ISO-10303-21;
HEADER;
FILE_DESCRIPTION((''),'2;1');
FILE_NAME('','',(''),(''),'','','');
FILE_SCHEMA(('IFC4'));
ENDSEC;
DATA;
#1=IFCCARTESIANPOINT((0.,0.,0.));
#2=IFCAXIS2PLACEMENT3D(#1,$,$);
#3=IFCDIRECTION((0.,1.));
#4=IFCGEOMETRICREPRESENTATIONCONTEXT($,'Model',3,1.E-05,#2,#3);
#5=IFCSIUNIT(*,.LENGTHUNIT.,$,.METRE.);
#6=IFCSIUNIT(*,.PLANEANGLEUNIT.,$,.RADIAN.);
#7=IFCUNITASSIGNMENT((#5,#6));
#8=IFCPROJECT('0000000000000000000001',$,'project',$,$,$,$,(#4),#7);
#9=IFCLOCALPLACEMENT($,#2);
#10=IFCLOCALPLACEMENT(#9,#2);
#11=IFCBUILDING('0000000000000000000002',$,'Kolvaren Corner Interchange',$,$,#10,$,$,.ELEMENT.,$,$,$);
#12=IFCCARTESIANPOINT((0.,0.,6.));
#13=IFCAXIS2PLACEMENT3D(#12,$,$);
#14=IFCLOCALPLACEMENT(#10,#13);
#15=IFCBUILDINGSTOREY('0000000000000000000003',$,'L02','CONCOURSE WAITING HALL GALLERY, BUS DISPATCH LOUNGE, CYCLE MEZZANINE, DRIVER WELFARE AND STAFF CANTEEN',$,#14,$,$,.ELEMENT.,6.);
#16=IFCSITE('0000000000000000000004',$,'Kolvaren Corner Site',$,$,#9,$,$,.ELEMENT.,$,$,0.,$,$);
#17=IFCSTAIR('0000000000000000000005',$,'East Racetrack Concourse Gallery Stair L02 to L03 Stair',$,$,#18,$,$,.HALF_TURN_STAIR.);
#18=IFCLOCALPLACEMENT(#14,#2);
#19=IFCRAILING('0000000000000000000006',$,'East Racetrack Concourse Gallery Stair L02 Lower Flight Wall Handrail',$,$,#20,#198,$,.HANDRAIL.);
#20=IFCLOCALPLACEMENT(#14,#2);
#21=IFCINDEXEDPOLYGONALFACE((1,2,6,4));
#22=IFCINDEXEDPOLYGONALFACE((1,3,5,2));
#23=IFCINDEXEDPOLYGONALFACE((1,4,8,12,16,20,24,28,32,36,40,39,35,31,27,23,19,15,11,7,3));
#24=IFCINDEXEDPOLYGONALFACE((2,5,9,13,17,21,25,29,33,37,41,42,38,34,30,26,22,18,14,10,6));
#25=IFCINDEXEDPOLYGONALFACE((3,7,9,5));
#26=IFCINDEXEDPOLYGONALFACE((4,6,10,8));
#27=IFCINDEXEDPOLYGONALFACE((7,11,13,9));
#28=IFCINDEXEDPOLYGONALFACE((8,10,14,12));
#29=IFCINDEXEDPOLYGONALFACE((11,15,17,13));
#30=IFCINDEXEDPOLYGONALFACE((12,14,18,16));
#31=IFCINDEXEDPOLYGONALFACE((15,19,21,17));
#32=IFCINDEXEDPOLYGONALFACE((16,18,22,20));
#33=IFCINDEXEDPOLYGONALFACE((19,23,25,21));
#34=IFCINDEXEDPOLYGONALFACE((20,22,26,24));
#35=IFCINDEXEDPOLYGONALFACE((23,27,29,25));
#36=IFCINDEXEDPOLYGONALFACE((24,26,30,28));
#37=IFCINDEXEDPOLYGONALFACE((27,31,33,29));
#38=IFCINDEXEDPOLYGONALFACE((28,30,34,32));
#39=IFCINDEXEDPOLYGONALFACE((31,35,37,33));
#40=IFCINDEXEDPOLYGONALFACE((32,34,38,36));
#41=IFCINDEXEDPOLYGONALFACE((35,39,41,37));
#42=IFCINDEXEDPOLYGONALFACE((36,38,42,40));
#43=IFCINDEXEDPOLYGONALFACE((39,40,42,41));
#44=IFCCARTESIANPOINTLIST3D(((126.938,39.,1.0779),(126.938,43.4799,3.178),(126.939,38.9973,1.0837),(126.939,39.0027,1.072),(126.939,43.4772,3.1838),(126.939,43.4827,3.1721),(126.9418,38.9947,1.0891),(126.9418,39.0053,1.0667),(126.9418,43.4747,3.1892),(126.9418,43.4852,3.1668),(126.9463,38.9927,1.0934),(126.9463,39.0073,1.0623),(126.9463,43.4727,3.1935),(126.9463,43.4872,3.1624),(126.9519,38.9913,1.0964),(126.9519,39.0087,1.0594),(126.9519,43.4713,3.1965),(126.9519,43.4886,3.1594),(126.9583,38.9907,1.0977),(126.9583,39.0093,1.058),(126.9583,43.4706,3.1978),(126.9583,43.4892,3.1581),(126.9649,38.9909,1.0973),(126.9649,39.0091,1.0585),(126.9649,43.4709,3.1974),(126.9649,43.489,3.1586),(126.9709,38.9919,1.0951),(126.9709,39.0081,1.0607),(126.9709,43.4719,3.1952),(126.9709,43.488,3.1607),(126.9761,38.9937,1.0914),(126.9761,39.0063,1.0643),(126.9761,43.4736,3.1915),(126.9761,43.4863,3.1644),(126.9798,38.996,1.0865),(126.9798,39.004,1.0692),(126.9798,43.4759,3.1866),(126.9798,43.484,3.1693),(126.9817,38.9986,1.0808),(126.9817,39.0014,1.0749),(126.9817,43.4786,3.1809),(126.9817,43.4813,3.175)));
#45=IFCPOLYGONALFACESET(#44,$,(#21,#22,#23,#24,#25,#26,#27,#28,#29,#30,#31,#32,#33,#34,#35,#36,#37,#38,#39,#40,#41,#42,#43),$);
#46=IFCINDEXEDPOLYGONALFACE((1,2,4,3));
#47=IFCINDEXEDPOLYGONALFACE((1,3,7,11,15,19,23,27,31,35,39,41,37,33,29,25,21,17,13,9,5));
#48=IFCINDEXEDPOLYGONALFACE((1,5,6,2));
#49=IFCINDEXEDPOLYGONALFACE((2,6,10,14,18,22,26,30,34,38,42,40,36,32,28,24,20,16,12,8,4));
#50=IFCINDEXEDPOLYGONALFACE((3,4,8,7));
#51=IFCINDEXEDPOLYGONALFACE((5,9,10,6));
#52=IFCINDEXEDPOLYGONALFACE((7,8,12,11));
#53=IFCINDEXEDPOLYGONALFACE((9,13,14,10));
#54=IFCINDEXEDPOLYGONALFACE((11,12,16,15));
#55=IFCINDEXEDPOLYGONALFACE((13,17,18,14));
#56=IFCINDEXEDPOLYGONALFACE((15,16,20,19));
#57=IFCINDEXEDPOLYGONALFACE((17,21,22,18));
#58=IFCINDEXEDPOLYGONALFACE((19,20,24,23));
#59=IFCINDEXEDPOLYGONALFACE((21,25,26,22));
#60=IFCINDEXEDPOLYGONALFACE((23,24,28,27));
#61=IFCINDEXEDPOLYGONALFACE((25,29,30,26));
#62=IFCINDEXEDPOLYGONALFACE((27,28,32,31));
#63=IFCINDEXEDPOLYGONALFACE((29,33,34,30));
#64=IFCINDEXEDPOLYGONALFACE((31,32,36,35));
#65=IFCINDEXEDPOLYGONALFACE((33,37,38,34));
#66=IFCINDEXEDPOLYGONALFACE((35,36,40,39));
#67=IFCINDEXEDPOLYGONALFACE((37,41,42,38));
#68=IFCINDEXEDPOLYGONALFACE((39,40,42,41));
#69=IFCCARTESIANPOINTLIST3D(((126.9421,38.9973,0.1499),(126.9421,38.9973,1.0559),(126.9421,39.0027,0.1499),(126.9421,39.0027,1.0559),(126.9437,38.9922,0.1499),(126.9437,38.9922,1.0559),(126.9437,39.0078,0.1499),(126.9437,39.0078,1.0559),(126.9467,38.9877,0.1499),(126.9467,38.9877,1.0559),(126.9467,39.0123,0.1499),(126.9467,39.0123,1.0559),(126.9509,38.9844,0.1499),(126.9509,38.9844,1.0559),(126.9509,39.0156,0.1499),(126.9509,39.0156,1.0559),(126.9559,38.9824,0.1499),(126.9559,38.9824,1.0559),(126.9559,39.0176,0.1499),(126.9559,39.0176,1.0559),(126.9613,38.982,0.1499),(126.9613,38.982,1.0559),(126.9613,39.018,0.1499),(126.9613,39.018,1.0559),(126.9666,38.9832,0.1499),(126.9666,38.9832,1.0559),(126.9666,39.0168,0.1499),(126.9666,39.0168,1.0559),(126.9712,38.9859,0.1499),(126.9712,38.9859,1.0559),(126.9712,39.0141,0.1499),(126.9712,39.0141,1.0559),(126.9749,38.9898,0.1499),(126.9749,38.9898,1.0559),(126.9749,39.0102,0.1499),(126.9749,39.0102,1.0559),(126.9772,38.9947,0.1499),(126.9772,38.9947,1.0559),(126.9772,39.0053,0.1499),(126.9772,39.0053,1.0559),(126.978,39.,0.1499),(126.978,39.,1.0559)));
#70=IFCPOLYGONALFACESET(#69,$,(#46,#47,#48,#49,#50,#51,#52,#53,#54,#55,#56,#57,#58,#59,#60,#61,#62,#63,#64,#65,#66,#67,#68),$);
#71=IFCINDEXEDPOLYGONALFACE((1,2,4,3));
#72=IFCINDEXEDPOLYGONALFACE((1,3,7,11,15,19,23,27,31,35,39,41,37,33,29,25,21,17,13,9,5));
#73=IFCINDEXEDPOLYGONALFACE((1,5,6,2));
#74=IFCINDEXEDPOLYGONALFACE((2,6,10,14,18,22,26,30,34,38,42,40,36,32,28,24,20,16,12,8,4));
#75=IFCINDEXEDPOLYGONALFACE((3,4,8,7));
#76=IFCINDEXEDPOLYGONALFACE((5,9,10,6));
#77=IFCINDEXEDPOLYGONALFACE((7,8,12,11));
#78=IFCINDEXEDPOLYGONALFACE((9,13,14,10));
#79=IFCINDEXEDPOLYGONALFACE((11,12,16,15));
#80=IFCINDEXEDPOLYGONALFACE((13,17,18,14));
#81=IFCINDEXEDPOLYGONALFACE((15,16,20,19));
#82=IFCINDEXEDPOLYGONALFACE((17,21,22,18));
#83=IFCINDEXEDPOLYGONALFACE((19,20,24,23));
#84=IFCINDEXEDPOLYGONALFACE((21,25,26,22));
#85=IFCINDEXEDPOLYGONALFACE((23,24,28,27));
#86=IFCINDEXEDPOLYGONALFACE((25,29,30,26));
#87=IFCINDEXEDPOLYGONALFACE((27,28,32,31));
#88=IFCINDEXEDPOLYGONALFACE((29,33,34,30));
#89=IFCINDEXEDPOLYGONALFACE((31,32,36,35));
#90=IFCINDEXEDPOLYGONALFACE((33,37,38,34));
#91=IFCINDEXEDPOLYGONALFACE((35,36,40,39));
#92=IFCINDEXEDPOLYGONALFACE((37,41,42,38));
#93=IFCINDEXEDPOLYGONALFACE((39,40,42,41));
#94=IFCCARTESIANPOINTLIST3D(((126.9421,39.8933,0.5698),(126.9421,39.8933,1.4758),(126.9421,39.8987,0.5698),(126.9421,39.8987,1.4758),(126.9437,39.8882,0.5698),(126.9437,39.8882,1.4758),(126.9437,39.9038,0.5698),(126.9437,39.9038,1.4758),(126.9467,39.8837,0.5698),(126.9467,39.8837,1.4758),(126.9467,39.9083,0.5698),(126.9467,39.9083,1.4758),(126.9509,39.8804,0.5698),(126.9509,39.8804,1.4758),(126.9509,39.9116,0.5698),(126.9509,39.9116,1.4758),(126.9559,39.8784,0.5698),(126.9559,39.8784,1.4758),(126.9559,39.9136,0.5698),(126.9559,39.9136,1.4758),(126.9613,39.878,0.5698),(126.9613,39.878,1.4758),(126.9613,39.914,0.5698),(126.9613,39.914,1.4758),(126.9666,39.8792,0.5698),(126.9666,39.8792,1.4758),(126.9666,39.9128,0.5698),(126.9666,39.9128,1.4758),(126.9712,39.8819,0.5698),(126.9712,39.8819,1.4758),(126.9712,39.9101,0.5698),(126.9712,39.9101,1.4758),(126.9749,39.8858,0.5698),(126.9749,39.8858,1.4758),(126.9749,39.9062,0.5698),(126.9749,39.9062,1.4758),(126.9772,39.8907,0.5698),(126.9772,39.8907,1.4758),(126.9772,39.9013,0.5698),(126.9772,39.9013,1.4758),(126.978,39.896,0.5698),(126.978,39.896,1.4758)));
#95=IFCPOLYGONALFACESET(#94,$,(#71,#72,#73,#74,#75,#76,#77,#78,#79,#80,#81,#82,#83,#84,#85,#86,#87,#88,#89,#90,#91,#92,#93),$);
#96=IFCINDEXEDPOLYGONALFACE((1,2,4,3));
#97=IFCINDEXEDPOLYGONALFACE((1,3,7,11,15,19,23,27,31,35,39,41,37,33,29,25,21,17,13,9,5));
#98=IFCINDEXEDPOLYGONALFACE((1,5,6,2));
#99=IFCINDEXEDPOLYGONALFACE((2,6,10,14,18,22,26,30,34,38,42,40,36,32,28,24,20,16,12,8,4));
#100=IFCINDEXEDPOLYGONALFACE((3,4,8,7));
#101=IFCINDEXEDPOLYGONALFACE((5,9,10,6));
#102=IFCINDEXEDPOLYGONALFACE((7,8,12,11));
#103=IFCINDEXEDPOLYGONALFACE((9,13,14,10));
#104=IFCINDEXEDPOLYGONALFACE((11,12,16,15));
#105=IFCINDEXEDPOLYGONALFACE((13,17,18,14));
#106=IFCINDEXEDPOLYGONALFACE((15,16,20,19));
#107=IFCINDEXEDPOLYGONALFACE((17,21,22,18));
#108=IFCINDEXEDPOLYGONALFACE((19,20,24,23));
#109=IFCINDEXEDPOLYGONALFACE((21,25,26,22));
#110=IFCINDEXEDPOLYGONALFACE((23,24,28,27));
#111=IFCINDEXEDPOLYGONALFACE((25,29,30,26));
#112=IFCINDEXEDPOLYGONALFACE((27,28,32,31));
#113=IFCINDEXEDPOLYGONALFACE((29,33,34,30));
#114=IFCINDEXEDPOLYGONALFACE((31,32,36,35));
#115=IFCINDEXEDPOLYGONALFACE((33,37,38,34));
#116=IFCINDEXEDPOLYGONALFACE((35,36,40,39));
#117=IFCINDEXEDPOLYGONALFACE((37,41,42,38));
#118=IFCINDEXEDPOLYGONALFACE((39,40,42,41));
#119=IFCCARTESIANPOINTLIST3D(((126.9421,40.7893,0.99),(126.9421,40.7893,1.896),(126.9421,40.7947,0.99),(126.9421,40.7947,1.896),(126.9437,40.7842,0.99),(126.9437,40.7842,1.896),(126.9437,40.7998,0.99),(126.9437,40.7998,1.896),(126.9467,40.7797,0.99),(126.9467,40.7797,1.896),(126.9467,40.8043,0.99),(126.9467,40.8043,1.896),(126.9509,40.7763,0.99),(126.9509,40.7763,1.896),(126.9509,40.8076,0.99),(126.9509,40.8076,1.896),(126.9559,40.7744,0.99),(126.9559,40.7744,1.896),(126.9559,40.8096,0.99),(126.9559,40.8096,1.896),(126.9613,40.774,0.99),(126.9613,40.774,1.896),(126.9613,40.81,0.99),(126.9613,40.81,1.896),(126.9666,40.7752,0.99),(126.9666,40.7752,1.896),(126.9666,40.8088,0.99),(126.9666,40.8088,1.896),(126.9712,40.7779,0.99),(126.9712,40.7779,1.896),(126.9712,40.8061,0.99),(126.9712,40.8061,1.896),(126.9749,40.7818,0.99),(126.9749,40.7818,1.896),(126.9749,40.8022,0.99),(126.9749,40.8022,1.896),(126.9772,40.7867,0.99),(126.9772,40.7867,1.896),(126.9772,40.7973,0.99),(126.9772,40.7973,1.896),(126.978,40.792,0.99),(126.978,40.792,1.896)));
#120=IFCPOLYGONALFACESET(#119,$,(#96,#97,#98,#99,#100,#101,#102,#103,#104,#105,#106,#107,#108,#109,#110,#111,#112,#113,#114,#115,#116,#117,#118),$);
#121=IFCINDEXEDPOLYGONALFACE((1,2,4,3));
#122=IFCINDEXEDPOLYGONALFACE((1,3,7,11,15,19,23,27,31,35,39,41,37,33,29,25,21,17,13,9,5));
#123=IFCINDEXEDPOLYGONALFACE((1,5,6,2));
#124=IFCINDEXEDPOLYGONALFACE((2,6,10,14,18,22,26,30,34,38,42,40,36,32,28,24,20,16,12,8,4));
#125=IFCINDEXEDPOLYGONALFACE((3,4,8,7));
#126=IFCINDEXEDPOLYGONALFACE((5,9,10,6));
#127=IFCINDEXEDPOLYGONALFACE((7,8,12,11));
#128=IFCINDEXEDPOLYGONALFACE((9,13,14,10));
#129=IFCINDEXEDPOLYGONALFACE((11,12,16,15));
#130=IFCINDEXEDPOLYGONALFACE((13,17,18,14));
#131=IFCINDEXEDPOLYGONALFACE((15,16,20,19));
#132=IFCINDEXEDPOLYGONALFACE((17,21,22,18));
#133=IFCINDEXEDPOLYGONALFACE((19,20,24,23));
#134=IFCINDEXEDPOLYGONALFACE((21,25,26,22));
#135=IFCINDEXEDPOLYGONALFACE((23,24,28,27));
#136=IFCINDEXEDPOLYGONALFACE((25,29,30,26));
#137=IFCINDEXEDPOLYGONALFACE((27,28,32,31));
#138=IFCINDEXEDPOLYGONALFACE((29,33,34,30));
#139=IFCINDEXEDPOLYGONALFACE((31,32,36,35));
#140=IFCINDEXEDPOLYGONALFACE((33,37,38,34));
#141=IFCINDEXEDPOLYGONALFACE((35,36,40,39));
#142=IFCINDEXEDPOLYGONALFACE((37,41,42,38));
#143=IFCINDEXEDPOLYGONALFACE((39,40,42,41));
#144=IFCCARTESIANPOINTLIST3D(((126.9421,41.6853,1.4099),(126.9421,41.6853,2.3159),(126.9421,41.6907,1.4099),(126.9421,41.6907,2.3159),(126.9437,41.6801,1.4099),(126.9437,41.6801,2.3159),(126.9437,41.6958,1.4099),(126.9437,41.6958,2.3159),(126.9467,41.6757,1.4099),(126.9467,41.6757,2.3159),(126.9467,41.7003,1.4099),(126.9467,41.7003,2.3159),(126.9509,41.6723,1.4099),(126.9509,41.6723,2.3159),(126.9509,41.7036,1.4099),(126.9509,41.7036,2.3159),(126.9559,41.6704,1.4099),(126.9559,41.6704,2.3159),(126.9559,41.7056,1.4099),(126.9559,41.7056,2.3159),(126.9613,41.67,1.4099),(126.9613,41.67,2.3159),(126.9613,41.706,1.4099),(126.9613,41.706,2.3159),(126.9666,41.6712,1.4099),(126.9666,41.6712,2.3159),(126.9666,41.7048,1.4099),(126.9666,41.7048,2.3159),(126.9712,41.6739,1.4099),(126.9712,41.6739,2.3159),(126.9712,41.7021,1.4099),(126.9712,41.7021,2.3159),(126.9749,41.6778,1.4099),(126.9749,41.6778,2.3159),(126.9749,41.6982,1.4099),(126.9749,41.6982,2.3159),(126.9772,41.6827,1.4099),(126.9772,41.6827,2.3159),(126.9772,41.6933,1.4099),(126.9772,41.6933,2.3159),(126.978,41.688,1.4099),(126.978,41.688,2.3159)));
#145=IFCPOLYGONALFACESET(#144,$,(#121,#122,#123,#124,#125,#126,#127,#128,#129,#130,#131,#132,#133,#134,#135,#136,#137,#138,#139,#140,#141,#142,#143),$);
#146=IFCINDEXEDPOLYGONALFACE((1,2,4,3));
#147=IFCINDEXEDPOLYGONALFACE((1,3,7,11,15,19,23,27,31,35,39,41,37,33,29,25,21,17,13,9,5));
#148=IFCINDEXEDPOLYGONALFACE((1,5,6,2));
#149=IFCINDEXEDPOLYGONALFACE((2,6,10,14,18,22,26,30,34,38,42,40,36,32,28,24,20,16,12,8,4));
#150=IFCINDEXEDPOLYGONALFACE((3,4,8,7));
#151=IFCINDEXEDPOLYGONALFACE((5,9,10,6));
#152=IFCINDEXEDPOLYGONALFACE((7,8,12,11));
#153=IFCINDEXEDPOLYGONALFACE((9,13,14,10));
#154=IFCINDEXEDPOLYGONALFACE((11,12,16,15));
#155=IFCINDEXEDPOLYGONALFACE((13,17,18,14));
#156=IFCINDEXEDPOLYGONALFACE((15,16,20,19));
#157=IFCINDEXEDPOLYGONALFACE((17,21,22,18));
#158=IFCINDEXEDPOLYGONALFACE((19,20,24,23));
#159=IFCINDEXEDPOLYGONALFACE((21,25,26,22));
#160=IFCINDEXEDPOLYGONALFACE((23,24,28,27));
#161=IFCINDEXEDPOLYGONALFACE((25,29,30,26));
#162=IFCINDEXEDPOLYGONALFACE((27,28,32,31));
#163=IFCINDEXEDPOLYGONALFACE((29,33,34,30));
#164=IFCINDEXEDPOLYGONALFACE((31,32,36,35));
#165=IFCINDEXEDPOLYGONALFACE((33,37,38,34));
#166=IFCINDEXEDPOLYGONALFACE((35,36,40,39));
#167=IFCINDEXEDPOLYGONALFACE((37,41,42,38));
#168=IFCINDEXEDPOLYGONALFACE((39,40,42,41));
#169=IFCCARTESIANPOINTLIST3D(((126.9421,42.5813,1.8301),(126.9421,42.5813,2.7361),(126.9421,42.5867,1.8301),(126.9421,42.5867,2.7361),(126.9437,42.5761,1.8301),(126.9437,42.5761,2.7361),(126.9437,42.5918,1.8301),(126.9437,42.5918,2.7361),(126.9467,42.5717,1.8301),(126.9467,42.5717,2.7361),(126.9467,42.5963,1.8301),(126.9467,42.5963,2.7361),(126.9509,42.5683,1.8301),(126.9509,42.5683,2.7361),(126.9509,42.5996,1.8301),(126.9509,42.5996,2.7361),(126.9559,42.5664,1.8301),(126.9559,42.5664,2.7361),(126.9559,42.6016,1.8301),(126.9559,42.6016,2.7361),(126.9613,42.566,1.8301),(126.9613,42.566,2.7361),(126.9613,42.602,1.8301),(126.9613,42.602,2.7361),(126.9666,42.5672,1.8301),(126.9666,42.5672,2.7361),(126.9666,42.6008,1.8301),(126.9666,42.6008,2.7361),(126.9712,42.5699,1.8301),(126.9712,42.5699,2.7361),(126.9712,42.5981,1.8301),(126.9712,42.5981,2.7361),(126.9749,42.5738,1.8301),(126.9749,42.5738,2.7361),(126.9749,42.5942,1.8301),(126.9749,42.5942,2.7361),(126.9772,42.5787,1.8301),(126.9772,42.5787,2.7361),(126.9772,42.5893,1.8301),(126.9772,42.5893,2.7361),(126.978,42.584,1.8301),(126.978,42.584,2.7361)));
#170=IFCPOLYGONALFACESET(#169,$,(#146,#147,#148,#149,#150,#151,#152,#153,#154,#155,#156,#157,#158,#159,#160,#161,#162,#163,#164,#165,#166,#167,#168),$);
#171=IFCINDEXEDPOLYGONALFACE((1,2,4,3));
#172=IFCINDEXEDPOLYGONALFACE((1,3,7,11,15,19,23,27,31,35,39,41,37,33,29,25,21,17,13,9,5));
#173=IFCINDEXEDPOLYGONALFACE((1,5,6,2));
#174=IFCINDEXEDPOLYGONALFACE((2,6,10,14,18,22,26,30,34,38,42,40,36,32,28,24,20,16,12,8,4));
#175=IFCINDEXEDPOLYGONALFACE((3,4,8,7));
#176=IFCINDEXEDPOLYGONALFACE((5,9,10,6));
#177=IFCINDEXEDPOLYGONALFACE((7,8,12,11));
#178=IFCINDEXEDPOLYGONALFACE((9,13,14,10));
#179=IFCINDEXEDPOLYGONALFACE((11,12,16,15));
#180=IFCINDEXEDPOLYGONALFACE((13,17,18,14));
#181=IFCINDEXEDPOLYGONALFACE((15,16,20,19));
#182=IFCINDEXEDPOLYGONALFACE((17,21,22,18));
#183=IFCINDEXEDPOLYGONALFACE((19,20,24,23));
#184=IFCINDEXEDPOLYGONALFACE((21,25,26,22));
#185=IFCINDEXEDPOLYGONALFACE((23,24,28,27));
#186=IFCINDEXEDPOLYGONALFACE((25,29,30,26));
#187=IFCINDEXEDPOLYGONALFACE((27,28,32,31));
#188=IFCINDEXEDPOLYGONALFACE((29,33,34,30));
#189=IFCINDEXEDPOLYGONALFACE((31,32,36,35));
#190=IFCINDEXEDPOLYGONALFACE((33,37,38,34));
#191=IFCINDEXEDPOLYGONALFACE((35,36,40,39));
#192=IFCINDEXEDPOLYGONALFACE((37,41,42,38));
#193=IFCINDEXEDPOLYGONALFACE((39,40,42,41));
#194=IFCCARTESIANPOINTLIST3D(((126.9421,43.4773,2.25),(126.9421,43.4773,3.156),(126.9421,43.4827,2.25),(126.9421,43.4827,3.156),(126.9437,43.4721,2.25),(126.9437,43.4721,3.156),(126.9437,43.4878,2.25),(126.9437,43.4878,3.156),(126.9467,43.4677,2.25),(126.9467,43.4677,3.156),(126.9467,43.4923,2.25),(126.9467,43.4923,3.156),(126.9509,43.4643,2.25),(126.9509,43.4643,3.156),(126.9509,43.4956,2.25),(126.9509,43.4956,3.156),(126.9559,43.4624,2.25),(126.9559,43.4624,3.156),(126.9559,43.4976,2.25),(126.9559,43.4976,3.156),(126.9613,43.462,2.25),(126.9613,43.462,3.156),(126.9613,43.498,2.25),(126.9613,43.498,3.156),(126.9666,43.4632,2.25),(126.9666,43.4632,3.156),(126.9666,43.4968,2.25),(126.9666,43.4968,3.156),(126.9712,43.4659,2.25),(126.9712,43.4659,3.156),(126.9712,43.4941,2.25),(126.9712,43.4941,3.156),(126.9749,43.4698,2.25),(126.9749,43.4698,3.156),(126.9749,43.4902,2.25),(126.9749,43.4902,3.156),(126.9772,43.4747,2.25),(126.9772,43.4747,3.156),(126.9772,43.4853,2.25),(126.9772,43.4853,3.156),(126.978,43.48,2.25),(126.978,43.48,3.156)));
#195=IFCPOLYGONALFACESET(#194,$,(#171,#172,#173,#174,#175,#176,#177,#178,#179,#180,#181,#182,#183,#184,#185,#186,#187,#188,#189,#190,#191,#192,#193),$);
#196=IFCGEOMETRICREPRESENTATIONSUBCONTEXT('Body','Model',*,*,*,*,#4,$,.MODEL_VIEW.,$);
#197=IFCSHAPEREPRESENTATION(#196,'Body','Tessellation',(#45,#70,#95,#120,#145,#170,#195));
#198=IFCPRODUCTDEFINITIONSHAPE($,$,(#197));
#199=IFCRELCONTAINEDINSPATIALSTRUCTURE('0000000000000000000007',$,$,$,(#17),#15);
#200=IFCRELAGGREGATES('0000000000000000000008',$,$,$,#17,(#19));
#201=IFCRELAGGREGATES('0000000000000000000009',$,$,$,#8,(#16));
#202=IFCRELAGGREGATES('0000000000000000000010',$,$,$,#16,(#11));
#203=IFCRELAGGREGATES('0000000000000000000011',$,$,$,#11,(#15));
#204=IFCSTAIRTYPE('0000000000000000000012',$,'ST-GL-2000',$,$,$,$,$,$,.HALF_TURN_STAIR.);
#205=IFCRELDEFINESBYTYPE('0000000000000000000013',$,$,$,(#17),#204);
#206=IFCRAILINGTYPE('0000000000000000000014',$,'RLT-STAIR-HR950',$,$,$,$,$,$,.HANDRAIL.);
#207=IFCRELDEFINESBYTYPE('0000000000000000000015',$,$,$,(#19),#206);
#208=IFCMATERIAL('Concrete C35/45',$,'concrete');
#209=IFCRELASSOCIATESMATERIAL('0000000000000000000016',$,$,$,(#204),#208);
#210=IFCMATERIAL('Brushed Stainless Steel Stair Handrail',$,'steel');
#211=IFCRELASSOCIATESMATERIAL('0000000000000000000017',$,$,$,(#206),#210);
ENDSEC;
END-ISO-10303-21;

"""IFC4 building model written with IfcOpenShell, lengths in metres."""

from ifc_helpers import new_model, si_unit, direction, frame, origin, origin_2d, place, context, subcontext, project, spatial, circle, extrude, material, type_object, element, aggregate, save


model = new_model("IFC4")

# Units and contexts
model_context = context("Model", 3, precision=1e-05, world=origin(), true_north=direction((0.0, 1.0)))
body_context = subcontext(model_context, "Body", "Model", "MODEL_VIEW")
ifc_project = project(units=[si_unit("LENGTHUNIT", "METRE"), si_unit("PLANEANGLEUNIT", "RADIAN")], contexts=[model_context])

# Site, building, storey
site_placement = place(None, origin())
site = spatial("IfcSite", under=ifc_project, at=site_placement, Name="Kolvaren Corner Site", CompositionType="ELEMENT", RefElevation=0.0)
building_placement = place(site_placement, origin())
building = spatial("IfcBuilding", under=site, at=building_placement, Name="Kolvaren Corner Interchange", CompositionType="ELEMENT")
storey_placement = place(building_placement, frame((0.0, 0.0, 6.0)))
storey = spatial("IfcBuildingStorey", under=building, at=storey_placement, Name="L02", Description="CONCOURSE WAITING HALL GALLERY, BUS DISPATCH LOUNGE, CYCLE MEZZANINE, DRIVER WELFARE AND STAFF CANTEEN", CompositionType="ELEMENT", Elevation=6.0)

# Stair
ifc_material_1 = material(Name="Concrete C35/45", Category="concrete")
stair_type_1 = type_object("IfcStairType", Name="ST-GL-2000", PredefinedType="HALF_TURN_STAIR", material=ifc_material_1)
stair_1_placement = place(storey_placement, origin())
stair_1 = element("IfcStair", 1, at=stair_1_placement, inside=storey, type_object=stair_type_1, Name="East Racetrack Concourse Gallery Stair L02 to L03 Stair", PredefinedType="HALF_TURN_STAIR")

# Railing
ifc_material_2 = material(Name="Brushed Stainless Steel Stair Handrail", Category="steel")
railing_type_1 = type_object("IfcRailingType", Name="RLT-STAIR-HR950", PredefinedType="HANDRAIL", material=ifc_material_2)
railing_1_placement = place(storey_placement, frame((126.96, 39.0, 0.1499)))
railing_1 = element("IfcRailing", 2, at=railing_1_placement, type_object=railing_type_1, Name="East Racetrack Concourse Gallery Stair L02 Lower Flight Wall Handrail", PredefinedType="HANDRAIL", context=body_context, shape_type="SweptSolid", body=[
    extrude(circle(Radius=0.022, at=origin_2d()), frame((0.0, 0.0, 0.928), z_axis=(0.0, 0.905451, 0.424452), x_axis=(-1.0, 0.0, 0.0)), (0.0, 0.0, 1.0), 4.9478),
    extrude(circle(Radius=0.0181, at=origin_2d()), origin(), (0.0, 0.0, 1.0), 0.906),
    extrude(circle(Radius=0.0181, at=origin_2d()), frame((0.0, 0.896, 0.4199)), (0.0, 0.0, 1.0), 0.906),
    extrude(circle(Radius=0.0181, at=origin_2d()), frame((0.0, 1.792, 0.8401)), (0.0, 0.0, 1.0), 0.906),
    extrude(circle(Radius=0.0181, at=origin_2d()), frame((0.0, 2.688, 1.26)), (0.0, 0.0, 1.0), 0.906),
    extrude(circle(Radius=0.0181, at=origin_2d()), frame((0.0, 3.584, 1.6802)), (0.0, 0.0, 1.0), 0.906),
    extrude(circle(Radius=0.0181, at=origin_2d()), frame((0.0, 4.48, 2.1001)), (0.0, 0.0, 1.0), 0.906),
])
aggregate(stair_1, [railing_1])

save(model, "model.ifc")
